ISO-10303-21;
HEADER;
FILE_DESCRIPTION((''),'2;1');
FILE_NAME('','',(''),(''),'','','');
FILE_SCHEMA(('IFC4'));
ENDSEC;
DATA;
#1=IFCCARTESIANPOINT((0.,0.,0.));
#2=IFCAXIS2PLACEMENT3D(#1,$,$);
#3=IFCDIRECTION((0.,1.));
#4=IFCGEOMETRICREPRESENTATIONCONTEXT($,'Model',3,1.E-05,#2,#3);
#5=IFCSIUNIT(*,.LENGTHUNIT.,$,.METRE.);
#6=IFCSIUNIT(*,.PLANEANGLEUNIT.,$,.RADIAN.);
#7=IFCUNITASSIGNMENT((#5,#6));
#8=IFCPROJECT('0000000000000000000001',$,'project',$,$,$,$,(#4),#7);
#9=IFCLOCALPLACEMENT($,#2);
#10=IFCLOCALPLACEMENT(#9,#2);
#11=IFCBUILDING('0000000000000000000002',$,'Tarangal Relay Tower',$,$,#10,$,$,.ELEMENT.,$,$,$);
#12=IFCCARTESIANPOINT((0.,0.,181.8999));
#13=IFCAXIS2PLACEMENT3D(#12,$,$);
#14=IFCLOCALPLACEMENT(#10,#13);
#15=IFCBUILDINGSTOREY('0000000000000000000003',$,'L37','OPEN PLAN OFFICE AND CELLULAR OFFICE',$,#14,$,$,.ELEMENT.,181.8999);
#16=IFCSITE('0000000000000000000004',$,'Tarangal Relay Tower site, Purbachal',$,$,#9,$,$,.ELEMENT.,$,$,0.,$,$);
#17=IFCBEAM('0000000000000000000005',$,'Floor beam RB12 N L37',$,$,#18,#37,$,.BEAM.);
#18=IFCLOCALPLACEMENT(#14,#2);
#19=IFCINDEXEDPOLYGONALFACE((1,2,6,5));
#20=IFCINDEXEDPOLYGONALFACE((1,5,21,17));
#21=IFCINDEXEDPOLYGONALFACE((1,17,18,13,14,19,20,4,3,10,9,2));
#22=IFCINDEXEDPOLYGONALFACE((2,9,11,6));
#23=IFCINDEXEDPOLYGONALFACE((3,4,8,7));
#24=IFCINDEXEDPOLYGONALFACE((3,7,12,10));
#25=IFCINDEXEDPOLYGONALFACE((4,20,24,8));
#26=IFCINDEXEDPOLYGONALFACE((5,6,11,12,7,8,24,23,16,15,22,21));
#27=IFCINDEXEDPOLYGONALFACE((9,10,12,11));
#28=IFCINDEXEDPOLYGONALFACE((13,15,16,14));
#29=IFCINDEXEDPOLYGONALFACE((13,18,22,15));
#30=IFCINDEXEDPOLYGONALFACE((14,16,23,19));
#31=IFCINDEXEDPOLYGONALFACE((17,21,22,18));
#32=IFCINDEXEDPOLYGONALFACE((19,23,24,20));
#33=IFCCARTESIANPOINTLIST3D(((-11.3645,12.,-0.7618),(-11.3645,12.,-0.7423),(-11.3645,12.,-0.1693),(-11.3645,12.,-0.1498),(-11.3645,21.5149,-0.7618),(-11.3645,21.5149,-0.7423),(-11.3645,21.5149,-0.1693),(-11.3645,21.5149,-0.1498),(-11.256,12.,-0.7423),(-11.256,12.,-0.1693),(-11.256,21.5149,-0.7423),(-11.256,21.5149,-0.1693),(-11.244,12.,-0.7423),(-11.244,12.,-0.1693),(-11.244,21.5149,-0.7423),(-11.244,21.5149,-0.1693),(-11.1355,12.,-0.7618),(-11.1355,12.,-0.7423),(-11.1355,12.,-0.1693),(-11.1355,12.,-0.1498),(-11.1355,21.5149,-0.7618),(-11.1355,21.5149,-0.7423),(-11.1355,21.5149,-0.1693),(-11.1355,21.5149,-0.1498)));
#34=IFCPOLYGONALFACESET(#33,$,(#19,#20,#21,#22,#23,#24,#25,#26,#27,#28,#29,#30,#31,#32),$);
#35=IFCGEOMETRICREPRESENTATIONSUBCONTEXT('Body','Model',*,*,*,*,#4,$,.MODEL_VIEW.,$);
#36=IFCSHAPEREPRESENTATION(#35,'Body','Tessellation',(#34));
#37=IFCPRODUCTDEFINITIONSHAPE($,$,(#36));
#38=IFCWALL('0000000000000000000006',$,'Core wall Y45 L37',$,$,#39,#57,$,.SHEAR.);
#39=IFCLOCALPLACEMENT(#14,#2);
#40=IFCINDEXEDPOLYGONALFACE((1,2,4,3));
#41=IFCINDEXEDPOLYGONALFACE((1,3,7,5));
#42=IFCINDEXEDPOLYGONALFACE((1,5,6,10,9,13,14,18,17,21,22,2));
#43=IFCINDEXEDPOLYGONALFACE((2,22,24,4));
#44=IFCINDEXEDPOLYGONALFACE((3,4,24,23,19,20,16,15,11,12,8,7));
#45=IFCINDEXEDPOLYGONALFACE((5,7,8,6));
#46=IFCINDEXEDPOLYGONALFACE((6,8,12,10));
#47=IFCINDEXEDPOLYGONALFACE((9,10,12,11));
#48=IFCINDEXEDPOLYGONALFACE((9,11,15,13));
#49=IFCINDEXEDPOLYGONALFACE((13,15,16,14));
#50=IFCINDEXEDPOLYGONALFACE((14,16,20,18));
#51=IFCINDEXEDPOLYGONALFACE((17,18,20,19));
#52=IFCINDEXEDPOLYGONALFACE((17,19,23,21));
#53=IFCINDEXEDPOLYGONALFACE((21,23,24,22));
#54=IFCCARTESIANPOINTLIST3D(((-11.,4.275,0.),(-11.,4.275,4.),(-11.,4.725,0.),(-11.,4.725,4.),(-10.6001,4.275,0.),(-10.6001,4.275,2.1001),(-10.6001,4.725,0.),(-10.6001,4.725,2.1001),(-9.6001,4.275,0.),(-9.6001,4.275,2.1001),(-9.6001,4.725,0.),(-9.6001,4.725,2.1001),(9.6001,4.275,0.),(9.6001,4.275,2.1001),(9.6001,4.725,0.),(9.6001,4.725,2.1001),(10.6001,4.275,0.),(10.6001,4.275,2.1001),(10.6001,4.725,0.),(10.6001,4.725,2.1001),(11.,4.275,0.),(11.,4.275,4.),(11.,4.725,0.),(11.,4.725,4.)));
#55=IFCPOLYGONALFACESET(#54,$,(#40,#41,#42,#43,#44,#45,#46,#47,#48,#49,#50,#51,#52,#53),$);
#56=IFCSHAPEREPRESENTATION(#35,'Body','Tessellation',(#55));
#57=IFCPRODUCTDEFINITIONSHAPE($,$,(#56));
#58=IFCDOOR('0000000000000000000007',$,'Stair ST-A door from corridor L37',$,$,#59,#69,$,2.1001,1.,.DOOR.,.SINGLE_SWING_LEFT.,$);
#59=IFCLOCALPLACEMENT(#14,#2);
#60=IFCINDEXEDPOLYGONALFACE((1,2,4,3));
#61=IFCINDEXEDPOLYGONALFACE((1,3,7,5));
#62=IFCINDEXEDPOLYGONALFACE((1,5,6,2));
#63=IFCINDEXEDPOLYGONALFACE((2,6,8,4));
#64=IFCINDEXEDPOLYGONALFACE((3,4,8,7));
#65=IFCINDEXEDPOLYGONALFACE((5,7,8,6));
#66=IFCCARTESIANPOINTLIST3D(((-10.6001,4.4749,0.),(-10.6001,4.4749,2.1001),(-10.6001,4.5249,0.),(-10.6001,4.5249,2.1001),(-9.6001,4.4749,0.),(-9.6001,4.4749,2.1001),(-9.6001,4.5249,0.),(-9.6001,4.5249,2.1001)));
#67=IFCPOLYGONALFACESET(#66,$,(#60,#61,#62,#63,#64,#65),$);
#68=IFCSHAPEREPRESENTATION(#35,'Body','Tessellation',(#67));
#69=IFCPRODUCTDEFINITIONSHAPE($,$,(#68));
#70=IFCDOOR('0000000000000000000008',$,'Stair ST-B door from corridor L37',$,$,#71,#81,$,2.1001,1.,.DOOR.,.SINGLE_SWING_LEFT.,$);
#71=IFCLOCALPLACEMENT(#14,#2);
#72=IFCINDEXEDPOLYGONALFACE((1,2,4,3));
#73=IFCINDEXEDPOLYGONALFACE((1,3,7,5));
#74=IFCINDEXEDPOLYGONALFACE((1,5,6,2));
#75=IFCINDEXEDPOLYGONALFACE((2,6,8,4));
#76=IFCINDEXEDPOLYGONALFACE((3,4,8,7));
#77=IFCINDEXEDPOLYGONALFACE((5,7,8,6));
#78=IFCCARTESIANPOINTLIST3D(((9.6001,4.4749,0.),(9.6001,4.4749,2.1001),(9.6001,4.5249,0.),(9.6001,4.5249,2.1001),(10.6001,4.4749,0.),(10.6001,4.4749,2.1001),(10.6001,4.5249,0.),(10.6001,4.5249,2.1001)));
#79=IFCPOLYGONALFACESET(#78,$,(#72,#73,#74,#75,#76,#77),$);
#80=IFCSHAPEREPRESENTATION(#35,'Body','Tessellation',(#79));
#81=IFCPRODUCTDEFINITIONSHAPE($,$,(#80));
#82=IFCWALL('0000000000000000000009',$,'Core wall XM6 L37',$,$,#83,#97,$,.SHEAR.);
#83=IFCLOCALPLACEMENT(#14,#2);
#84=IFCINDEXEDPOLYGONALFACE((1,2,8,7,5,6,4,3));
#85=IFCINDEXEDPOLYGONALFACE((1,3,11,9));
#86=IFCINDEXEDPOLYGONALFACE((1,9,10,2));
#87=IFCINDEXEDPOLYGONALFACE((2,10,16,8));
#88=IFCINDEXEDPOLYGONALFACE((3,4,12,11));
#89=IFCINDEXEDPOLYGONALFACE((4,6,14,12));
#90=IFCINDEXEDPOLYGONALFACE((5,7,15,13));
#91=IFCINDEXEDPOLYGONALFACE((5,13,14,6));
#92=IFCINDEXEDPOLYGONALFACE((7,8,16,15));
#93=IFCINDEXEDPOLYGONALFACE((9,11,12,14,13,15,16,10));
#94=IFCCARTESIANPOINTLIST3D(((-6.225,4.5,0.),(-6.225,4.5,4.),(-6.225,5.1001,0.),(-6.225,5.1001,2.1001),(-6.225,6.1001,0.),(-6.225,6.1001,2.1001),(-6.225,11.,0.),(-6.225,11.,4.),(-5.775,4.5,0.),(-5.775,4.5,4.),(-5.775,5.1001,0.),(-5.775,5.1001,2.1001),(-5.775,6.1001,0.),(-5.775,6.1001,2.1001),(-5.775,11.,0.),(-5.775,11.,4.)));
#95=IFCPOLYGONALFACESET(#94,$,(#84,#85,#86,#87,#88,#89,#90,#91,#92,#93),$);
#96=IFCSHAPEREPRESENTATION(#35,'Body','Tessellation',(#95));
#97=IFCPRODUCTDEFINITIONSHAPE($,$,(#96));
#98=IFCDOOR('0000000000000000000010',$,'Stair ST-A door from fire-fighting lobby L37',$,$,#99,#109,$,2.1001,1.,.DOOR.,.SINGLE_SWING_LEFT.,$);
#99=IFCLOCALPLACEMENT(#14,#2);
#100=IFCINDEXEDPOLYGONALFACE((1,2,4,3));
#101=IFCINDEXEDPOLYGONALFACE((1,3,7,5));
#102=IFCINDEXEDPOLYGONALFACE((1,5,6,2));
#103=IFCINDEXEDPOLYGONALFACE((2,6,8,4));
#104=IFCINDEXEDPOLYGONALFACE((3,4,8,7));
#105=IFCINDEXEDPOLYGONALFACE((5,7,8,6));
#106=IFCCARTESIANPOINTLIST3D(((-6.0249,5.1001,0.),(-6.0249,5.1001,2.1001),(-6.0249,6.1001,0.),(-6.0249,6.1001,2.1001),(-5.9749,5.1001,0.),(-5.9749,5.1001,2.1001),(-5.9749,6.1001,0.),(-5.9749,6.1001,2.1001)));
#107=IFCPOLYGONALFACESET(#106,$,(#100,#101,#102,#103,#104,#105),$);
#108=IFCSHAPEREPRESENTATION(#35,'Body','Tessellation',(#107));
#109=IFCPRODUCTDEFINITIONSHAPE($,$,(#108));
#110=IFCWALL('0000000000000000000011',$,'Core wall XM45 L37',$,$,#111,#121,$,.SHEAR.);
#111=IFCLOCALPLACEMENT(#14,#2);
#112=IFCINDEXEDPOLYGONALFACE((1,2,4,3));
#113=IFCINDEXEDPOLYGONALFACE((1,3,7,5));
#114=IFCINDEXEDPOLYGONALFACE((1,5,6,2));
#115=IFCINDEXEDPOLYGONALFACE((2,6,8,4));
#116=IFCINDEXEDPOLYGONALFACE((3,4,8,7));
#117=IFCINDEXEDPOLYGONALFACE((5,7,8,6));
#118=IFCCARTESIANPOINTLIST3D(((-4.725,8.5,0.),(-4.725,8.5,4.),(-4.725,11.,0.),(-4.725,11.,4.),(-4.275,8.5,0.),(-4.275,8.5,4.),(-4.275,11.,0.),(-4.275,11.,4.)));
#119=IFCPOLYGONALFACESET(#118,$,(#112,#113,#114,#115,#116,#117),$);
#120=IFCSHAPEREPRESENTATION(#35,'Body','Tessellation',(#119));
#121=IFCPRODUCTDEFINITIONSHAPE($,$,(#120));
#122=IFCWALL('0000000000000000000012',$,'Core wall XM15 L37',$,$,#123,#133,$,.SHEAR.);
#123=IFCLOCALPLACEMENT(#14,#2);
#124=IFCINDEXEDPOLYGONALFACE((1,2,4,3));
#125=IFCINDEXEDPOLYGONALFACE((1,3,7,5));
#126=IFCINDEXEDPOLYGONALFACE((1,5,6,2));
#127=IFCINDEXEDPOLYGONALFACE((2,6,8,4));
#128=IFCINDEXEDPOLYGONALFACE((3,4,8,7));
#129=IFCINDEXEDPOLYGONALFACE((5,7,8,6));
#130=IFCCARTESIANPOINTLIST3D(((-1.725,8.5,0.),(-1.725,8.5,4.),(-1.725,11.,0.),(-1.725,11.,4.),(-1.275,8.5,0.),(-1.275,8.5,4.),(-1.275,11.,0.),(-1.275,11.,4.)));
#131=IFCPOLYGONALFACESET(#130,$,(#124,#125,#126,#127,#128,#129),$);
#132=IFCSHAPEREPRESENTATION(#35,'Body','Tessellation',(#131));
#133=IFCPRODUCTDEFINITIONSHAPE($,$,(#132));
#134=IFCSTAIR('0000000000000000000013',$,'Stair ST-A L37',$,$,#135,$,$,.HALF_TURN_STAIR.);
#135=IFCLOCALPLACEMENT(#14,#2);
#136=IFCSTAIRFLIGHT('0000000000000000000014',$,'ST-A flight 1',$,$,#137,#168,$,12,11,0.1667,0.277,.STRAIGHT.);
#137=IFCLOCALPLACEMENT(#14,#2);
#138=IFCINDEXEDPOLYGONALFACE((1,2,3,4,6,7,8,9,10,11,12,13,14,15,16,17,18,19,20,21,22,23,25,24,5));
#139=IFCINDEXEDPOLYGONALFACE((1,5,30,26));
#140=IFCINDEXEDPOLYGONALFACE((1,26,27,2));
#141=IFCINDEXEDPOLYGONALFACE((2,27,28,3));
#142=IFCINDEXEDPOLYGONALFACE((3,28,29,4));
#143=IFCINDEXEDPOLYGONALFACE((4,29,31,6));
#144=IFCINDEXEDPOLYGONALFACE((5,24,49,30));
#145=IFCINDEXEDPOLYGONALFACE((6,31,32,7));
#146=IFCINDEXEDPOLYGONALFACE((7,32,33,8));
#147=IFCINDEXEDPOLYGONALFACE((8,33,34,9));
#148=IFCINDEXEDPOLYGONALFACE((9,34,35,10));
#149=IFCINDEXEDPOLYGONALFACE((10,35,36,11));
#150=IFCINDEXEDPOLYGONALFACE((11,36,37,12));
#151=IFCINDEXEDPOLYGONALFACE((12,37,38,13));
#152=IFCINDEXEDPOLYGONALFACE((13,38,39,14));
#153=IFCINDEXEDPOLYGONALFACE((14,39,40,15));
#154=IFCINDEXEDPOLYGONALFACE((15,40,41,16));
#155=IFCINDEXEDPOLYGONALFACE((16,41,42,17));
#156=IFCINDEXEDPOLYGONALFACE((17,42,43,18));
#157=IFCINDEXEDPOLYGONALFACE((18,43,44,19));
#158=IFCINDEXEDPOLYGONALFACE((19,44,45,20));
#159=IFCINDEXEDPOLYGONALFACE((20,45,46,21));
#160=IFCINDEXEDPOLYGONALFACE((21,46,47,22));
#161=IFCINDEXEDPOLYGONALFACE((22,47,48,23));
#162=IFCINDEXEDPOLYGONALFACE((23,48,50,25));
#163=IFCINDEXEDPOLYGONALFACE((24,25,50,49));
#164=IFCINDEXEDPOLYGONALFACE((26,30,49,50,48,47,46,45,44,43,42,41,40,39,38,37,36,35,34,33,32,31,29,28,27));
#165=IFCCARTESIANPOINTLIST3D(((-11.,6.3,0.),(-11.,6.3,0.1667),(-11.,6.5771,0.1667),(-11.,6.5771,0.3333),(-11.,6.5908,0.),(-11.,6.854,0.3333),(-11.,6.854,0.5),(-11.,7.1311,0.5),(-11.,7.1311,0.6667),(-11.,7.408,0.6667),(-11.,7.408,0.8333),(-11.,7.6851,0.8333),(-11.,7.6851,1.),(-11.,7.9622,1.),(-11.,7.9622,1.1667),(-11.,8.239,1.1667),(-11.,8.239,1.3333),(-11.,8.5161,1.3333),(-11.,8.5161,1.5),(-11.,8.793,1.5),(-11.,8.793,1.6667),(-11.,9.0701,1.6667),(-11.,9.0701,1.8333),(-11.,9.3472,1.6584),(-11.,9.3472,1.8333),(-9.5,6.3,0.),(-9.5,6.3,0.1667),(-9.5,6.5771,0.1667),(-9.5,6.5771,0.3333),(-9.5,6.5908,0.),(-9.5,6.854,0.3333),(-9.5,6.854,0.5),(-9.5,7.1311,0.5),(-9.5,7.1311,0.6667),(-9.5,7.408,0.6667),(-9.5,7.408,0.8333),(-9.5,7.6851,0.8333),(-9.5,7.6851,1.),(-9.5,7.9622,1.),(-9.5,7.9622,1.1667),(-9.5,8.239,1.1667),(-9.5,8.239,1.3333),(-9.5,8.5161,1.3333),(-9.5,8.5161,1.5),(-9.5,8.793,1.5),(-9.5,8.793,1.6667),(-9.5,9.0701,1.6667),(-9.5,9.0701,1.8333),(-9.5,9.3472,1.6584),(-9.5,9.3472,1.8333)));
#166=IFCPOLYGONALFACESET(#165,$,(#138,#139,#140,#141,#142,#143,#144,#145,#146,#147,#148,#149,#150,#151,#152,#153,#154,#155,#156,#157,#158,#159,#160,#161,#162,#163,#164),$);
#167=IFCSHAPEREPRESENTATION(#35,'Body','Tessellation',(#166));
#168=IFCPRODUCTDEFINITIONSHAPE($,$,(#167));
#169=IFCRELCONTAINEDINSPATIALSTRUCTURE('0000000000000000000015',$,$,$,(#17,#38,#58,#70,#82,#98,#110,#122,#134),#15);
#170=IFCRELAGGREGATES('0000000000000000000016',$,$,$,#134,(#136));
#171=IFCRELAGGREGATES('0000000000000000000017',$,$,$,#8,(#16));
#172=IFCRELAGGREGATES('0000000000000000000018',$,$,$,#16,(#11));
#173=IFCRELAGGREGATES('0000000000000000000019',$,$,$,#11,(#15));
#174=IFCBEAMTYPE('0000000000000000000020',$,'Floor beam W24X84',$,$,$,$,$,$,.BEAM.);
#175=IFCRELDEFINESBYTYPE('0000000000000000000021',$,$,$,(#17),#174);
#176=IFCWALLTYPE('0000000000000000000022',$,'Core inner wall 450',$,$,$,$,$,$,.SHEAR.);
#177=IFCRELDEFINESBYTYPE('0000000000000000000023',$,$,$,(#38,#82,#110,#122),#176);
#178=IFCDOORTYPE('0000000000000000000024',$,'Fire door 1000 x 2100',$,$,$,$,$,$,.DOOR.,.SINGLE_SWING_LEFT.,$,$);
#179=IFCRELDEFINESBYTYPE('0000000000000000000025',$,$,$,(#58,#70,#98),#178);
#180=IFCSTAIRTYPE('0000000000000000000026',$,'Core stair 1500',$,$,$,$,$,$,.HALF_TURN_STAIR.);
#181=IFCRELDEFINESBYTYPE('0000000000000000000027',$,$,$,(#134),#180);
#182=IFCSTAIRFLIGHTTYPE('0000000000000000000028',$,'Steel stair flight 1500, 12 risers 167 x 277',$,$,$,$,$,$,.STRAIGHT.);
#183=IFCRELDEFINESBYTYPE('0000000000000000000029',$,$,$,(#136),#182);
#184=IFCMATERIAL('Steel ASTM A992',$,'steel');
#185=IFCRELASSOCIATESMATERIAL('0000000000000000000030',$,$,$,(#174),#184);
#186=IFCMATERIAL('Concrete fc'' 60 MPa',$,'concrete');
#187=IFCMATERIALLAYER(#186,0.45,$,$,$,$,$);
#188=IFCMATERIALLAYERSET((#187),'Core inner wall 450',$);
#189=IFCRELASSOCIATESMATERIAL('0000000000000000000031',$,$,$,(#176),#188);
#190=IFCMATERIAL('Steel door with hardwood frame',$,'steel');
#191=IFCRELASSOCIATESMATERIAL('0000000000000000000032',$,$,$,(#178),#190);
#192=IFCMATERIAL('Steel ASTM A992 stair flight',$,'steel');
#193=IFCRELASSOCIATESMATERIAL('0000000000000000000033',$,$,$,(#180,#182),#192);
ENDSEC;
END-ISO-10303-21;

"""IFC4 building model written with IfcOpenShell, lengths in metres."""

from ifc_helpers import new_model, si_unit, direction, frame, frame_2d, origin, origin_2d, place, context, subcontext, project, spatial, polyline, rectangle, i_section, outline, extrude, material, layer, layer_set, material_profile, profile_set, type_object, element, fill, aggregate, save


model = new_model("IFC4")

# Units and contexts
model_context = context("Model", 3, precision=1e-05, world=origin(), true_north=direction((0.0, 1.0)))
body_context = subcontext(model_context, "Body", "Model", "MODEL_VIEW")
ifc_project = project(units=[si_unit("LENGTHUNIT", "METRE"), si_unit("PLANEANGLEUNIT", "RADIAN")], contexts=[model_context])

# Site, building, storey
site_placement = place(None, origin())
site = spatial("IfcSite", under=ifc_project, at=site_placement, Name="Tarangal Relay Tower site, Purbachal", CompositionType="ELEMENT", RefElevation=0.0)
building_placement = place(site_placement, origin())
building = spatial("IfcBuilding", under=site, at=building_placement, Name="Tarangal Relay Tower", CompositionType="ELEMENT")
storey_placement = place(building_placement, frame((0.0, 0.0, 181.8999)))
storey = spatial("IfcBuildingStorey", under=building, at=storey_placement, Name="L37", Description="OPEN PLAN OFFICE AND CELLULAR OFFICE", CompositionType="ELEMENT", Elevation=181.8999)

# Beam
ifc_material_1 = material(Name="Steel ASTM A992", Category="steel")
ifc_material_profile = material_profile(ifc_material_1, i_section(OverallWidth=0.229, OverallDepth=0.6121, WebThickness=0.012, FlangeThickness=0.0195, at=origin_2d()), Name="W24X84")
ifc_profile_set = profile_set([ifc_material_profile], Name="Steel ASTM A992")
beam_type = type_object("IfcBeamType", Name="Floor beam W24X84", PredefinedType="BEAM", material=ifc_profile_set)
beam_placement = place(storey_placement, frame((-11.25, 12.0, -0.4558), z_axis=(0.0, 1.0, 0.0), x_axis=(-1.0, 0.0, 0.0)))
element("IfcBeam", 1, at=beam_placement, inside=storey, type_object=beam_type, Name="Floor beam RB12 N L37", PredefinedType="BEAM", context=body_context, shape_type="SweptSolid", body=[
    extrude(i_section(OverallWidth=0.229, OverallDepth=0.6121, WebThickness=0.012, FlangeThickness=0.0195, at=origin_2d()), origin(), (0.0, 0.0, 1.0), 9.5149),
])

# Wall, openings, doors
ifc_material_2 = material(Name="Concrete fc' 60 MPa", Category="concrete")
ifc_layer = layer(ifc_material_2, 0.45)
ifc_layer_set = layer_set([ifc_layer], Name="Core inner wall 450")
wall_type = type_object("IfcWallType", Name="Core inner wall 450", PredefinedType="SHEAR", material=ifc_layer_set)
wall_1_placement = place(storey_placement, frame((-11.0, 4.5, 0.0), z_axis=(0.0, 0.0, 1.0), x_axis=(1.0, 0.0, 0.0)))
wall_1 = element("IfcWall", 2, at=wall_1_placement, inside=storey, type_object=wall_type, Name="Core wall Y45 L37", PredefinedType="SHEAR", context=body_context, shape_type="SweptSolid", body=[
    extrude(rectangle(XDim=22.0, YDim=0.45, at=frame_2d((11.0, 0.0))), origin(), (0.0, 0.0, 1.0), 4.0),
])
opening_1_placement = place(wall_1_placement, frame((0.3999, 0.0, 0.0)))
opening_1 = element("IfcOpeningElement", 3, at=opening_1_placement, cuts=wall_1, PredefinedType="OPENING", context=body_context, shape_type="SweptSolid", body=[
    extrude(rectangle(XDim=1.0, YDim=2.1001, at=frame_2d((0.5, 1.05))), frame((0.0, 0.2349, 0.0), z_axis=(0.0, -1.0, 0.0), x_axis=(1.0, 0.0, 0.0)), (0.0, 0.0, 1.0), 0.47),
])
opening_2_placement = place(wall_1_placement, frame((20.6001, 0.0, 0.0)))
opening_2 = element("IfcOpeningElement", 4, at=opening_2_placement, cuts=wall_1, PredefinedType="OPENING", context=body_context, shape_type="SweptSolid", body=[
    extrude(rectangle(XDim=1.0, YDim=2.1001, at=frame_2d((0.5, 1.05))), frame((0.0, 0.2349, 0.0), z_axis=(0.0, -1.0, 0.0), x_axis=(1.0, 0.0, 0.0)), (0.0, 0.0, 1.0), 0.47),
])
ifc_material_3 = material(Name="Steel door with hardwood frame", Category="steel")
door_type_1 = type_object("IfcDoorType", Name="Fire door 1000 x 2100", OperationType="SINGLE_SWING_LEFT", PredefinedType="DOOR", material=ifc_material_3)
door_1_placement = place(opening_1_placement, origin())
door_1 = element("IfcDoor", 5, at=door_1_placement, inside=storey, type_object=door_type_1, Name="Stair ST-A door from corridor L37", OperationType="SINGLE_SWING_LEFT", OverallHeight=2.1001, OverallWidth=1.0, PredefinedType="DOOR", context=body_context, shape_type="SweptSolid", body=[
    extrude(rectangle(XDim=1.0, YDim=2.1001, at=frame_2d((0.5, 1.05))), frame((0.0, 0.0249, 0.0), z_axis=(0.0, -1.0, 0.0), x_axis=(1.0, 0.0, 0.0)), (0.0, 0.0, 1.0), 0.05),
])
fill(opening_1, door_1)
door_2_placement = place(opening_2_placement, origin())
door_2 = element("IfcDoor", 6, at=door_2_placement, inside=storey, type_object=door_type_1, Name="Stair ST-B door from corridor L37", OperationType="SINGLE_SWING_LEFT", OverallHeight=2.1001, OverallWidth=1.0, PredefinedType="DOOR", context=body_context, shape_type="SweptSolid", body=[
    extrude(rectangle(XDim=1.0, YDim=2.1001, at=frame_2d((0.5, 1.05))), frame((0.0, 0.0249, 0.0), z_axis=(0.0, -1.0, 0.0), x_axis=(1.0, 0.0, 0.0)), (0.0, 0.0, 1.0), 0.05),
])
fill(opening_2, door_2)

# Wall, opening, door
wall_2_placement = place(storey_placement, frame((-6.0, 4.5, 0.0), z_axis=(0.0, 0.0, 1.0), x_axis=(0.0, 1.0, 0.0)))
wall_2 = element("IfcWall", 7, at=wall_2_placement, inside=storey, type_object=wall_type, Name="Core wall XM6 L37", PredefinedType="SHEAR", context=body_context, shape_type="SweptSolid", body=[
    extrude(rectangle(XDim=6.5, YDim=0.45, at=frame_2d((3.25, 0.0))), origin(), (0.0, 0.0, 1.0), 4.0),
])
opening_3_placement = place(wall_2_placement, frame((0.6001, 0.0, 0.0)))
opening_3 = element("IfcOpeningElement", 8, at=opening_3_placement, cuts=wall_2, PredefinedType="OPENING", context=body_context, shape_type="SweptSolid", body=[
    extrude(rectangle(XDim=1.0, YDim=2.1001, at=frame_2d((0.5, 1.05))), frame((0.0, 0.2349, 0.0), z_axis=(0.0, -1.0, 0.0), x_axis=(1.0, 0.0, 0.0)), (0.0, 0.0, 1.0), 0.47),
])
door_3_placement = place(opening_3_placement, origin())
door_3 = element("IfcDoor", 9, at=door_3_placement, inside=storey, type_object=door_type_1, Name="Stair ST-A door from fire-fighting lobby L37", OperationType="SINGLE_SWING_LEFT", OverallHeight=2.1001, OverallWidth=1.0, PredefinedType="DOOR", context=body_context, shape_type="SweptSolid", body=[
    extrude(rectangle(XDim=1.0, YDim=2.1001, at=frame_2d((0.5, 1.05))), frame((0.0, 0.0249, 0.0), z_axis=(0.0, -1.0, 0.0), x_axis=(1.0, 0.0, 0.0)), (0.0, 0.0, 1.0), 0.05),
])
fill(opening_3, door_3)

# Walls
for number, where, z_axis, x_axis, name in (
    (10, (-4.5, 8.5, 0.0), (0.0, 0.0, 1.0), (0.0, 1.0, 0.0), "Core wall XM45 L37"),
    (11, (-1.5, 8.5, 0.0), (0.0, 0.0, 1.0), (0.0, 1.0, 0.0), "Core wall XM15 L37"),
):
    element("IfcWall", number, at=place(storey_placement, frame(where, z_axis=z_axis, x_axis=x_axis)), inside=storey, type_object=wall_type, Name=name, PredefinedType="SHEAR", context=body_context, shape_type="SweptSolid", body=[
        extrude(rectangle(XDim=2.5, YDim=0.45, at=frame_2d((1.25, 0.0))), origin(), (0.0, 0.0, 1.0), 4.0),
    ])

# Stair, stair flight
ifc_material_4 = material(Name="Steel ASTM A992 stair flight", Category="steel")
stair_type = type_object("IfcStairType", Name="Core stair 1500", PredefinedType="HALF_TURN_STAIR", material=ifc_material_4)
stair_placement = place(storey_placement, origin())
stair = element("IfcStair", 12, at=stair_placement, inside=storey, type_object=stair_type, Name="Stair ST-A L37", PredefinedType="HALF_TURN_STAIR")
stair_flight_type = type_object("IfcStairFlightType", Name="Steel stair flight 1500, 12 risers 167 x 277", PredefinedType="STRAIGHT", material=ifc_material_4)
stair_flight_1_placement = place(storey_placement, frame((-10.25, 6.3, 0.0), z_axis=(0.0, 0.0, 1.0), x_axis=(0.0, 1.0, 0.0)))
stair_flight_1 = element("IfcStairFlight", 13, at=stair_flight_1_placement, type_object=stair_flight_type, Name="ST-A flight 1", NumberOfRisers=12, NumberOfTreads=11, PredefinedType="STRAIGHT", RiserHeight=0.1667, TreadLength=0.277, context=body_context, shape_type="SweptSolid", body=[
    extrude(outline(polyline([(0.0, 0.0), (0.0, 0.1667), (0.2771, 0.1667), (0.2771, 0.3333), (0.554, 0.3333), (0.554, 0.5), (0.8311, 0.5), (0.8311, 0.6667), (1.1079, 0.6667), (1.1079, 0.8333), (1.385, 0.8333), (1.385, 1.0), (1.6621, 1.0), (1.6621, 1.1667), (1.939, 1.1667), (1.939, 1.3333), (2.2161, 1.3333), (2.2161, 1.5), (2.4929, 1.5), (2.4929, 1.6667), (2.77, 1.6667), (2.77, 1.8333), (3.0471, 1.8333), (3.0471, 2.0), (3.0471, 1.6584), (0.2908, 0.0), (0.0, 0.0)])), frame((0.0, 0.75, 0.0), z_axis=(0.0, -1.0, 0.0), x_axis=(1.0, 0.0, 0.0)), (0.0, 0.0, 1.0), 1.5),
])
aggregate(stair, [stair_flight_1])

save(model, "model.ifc")
